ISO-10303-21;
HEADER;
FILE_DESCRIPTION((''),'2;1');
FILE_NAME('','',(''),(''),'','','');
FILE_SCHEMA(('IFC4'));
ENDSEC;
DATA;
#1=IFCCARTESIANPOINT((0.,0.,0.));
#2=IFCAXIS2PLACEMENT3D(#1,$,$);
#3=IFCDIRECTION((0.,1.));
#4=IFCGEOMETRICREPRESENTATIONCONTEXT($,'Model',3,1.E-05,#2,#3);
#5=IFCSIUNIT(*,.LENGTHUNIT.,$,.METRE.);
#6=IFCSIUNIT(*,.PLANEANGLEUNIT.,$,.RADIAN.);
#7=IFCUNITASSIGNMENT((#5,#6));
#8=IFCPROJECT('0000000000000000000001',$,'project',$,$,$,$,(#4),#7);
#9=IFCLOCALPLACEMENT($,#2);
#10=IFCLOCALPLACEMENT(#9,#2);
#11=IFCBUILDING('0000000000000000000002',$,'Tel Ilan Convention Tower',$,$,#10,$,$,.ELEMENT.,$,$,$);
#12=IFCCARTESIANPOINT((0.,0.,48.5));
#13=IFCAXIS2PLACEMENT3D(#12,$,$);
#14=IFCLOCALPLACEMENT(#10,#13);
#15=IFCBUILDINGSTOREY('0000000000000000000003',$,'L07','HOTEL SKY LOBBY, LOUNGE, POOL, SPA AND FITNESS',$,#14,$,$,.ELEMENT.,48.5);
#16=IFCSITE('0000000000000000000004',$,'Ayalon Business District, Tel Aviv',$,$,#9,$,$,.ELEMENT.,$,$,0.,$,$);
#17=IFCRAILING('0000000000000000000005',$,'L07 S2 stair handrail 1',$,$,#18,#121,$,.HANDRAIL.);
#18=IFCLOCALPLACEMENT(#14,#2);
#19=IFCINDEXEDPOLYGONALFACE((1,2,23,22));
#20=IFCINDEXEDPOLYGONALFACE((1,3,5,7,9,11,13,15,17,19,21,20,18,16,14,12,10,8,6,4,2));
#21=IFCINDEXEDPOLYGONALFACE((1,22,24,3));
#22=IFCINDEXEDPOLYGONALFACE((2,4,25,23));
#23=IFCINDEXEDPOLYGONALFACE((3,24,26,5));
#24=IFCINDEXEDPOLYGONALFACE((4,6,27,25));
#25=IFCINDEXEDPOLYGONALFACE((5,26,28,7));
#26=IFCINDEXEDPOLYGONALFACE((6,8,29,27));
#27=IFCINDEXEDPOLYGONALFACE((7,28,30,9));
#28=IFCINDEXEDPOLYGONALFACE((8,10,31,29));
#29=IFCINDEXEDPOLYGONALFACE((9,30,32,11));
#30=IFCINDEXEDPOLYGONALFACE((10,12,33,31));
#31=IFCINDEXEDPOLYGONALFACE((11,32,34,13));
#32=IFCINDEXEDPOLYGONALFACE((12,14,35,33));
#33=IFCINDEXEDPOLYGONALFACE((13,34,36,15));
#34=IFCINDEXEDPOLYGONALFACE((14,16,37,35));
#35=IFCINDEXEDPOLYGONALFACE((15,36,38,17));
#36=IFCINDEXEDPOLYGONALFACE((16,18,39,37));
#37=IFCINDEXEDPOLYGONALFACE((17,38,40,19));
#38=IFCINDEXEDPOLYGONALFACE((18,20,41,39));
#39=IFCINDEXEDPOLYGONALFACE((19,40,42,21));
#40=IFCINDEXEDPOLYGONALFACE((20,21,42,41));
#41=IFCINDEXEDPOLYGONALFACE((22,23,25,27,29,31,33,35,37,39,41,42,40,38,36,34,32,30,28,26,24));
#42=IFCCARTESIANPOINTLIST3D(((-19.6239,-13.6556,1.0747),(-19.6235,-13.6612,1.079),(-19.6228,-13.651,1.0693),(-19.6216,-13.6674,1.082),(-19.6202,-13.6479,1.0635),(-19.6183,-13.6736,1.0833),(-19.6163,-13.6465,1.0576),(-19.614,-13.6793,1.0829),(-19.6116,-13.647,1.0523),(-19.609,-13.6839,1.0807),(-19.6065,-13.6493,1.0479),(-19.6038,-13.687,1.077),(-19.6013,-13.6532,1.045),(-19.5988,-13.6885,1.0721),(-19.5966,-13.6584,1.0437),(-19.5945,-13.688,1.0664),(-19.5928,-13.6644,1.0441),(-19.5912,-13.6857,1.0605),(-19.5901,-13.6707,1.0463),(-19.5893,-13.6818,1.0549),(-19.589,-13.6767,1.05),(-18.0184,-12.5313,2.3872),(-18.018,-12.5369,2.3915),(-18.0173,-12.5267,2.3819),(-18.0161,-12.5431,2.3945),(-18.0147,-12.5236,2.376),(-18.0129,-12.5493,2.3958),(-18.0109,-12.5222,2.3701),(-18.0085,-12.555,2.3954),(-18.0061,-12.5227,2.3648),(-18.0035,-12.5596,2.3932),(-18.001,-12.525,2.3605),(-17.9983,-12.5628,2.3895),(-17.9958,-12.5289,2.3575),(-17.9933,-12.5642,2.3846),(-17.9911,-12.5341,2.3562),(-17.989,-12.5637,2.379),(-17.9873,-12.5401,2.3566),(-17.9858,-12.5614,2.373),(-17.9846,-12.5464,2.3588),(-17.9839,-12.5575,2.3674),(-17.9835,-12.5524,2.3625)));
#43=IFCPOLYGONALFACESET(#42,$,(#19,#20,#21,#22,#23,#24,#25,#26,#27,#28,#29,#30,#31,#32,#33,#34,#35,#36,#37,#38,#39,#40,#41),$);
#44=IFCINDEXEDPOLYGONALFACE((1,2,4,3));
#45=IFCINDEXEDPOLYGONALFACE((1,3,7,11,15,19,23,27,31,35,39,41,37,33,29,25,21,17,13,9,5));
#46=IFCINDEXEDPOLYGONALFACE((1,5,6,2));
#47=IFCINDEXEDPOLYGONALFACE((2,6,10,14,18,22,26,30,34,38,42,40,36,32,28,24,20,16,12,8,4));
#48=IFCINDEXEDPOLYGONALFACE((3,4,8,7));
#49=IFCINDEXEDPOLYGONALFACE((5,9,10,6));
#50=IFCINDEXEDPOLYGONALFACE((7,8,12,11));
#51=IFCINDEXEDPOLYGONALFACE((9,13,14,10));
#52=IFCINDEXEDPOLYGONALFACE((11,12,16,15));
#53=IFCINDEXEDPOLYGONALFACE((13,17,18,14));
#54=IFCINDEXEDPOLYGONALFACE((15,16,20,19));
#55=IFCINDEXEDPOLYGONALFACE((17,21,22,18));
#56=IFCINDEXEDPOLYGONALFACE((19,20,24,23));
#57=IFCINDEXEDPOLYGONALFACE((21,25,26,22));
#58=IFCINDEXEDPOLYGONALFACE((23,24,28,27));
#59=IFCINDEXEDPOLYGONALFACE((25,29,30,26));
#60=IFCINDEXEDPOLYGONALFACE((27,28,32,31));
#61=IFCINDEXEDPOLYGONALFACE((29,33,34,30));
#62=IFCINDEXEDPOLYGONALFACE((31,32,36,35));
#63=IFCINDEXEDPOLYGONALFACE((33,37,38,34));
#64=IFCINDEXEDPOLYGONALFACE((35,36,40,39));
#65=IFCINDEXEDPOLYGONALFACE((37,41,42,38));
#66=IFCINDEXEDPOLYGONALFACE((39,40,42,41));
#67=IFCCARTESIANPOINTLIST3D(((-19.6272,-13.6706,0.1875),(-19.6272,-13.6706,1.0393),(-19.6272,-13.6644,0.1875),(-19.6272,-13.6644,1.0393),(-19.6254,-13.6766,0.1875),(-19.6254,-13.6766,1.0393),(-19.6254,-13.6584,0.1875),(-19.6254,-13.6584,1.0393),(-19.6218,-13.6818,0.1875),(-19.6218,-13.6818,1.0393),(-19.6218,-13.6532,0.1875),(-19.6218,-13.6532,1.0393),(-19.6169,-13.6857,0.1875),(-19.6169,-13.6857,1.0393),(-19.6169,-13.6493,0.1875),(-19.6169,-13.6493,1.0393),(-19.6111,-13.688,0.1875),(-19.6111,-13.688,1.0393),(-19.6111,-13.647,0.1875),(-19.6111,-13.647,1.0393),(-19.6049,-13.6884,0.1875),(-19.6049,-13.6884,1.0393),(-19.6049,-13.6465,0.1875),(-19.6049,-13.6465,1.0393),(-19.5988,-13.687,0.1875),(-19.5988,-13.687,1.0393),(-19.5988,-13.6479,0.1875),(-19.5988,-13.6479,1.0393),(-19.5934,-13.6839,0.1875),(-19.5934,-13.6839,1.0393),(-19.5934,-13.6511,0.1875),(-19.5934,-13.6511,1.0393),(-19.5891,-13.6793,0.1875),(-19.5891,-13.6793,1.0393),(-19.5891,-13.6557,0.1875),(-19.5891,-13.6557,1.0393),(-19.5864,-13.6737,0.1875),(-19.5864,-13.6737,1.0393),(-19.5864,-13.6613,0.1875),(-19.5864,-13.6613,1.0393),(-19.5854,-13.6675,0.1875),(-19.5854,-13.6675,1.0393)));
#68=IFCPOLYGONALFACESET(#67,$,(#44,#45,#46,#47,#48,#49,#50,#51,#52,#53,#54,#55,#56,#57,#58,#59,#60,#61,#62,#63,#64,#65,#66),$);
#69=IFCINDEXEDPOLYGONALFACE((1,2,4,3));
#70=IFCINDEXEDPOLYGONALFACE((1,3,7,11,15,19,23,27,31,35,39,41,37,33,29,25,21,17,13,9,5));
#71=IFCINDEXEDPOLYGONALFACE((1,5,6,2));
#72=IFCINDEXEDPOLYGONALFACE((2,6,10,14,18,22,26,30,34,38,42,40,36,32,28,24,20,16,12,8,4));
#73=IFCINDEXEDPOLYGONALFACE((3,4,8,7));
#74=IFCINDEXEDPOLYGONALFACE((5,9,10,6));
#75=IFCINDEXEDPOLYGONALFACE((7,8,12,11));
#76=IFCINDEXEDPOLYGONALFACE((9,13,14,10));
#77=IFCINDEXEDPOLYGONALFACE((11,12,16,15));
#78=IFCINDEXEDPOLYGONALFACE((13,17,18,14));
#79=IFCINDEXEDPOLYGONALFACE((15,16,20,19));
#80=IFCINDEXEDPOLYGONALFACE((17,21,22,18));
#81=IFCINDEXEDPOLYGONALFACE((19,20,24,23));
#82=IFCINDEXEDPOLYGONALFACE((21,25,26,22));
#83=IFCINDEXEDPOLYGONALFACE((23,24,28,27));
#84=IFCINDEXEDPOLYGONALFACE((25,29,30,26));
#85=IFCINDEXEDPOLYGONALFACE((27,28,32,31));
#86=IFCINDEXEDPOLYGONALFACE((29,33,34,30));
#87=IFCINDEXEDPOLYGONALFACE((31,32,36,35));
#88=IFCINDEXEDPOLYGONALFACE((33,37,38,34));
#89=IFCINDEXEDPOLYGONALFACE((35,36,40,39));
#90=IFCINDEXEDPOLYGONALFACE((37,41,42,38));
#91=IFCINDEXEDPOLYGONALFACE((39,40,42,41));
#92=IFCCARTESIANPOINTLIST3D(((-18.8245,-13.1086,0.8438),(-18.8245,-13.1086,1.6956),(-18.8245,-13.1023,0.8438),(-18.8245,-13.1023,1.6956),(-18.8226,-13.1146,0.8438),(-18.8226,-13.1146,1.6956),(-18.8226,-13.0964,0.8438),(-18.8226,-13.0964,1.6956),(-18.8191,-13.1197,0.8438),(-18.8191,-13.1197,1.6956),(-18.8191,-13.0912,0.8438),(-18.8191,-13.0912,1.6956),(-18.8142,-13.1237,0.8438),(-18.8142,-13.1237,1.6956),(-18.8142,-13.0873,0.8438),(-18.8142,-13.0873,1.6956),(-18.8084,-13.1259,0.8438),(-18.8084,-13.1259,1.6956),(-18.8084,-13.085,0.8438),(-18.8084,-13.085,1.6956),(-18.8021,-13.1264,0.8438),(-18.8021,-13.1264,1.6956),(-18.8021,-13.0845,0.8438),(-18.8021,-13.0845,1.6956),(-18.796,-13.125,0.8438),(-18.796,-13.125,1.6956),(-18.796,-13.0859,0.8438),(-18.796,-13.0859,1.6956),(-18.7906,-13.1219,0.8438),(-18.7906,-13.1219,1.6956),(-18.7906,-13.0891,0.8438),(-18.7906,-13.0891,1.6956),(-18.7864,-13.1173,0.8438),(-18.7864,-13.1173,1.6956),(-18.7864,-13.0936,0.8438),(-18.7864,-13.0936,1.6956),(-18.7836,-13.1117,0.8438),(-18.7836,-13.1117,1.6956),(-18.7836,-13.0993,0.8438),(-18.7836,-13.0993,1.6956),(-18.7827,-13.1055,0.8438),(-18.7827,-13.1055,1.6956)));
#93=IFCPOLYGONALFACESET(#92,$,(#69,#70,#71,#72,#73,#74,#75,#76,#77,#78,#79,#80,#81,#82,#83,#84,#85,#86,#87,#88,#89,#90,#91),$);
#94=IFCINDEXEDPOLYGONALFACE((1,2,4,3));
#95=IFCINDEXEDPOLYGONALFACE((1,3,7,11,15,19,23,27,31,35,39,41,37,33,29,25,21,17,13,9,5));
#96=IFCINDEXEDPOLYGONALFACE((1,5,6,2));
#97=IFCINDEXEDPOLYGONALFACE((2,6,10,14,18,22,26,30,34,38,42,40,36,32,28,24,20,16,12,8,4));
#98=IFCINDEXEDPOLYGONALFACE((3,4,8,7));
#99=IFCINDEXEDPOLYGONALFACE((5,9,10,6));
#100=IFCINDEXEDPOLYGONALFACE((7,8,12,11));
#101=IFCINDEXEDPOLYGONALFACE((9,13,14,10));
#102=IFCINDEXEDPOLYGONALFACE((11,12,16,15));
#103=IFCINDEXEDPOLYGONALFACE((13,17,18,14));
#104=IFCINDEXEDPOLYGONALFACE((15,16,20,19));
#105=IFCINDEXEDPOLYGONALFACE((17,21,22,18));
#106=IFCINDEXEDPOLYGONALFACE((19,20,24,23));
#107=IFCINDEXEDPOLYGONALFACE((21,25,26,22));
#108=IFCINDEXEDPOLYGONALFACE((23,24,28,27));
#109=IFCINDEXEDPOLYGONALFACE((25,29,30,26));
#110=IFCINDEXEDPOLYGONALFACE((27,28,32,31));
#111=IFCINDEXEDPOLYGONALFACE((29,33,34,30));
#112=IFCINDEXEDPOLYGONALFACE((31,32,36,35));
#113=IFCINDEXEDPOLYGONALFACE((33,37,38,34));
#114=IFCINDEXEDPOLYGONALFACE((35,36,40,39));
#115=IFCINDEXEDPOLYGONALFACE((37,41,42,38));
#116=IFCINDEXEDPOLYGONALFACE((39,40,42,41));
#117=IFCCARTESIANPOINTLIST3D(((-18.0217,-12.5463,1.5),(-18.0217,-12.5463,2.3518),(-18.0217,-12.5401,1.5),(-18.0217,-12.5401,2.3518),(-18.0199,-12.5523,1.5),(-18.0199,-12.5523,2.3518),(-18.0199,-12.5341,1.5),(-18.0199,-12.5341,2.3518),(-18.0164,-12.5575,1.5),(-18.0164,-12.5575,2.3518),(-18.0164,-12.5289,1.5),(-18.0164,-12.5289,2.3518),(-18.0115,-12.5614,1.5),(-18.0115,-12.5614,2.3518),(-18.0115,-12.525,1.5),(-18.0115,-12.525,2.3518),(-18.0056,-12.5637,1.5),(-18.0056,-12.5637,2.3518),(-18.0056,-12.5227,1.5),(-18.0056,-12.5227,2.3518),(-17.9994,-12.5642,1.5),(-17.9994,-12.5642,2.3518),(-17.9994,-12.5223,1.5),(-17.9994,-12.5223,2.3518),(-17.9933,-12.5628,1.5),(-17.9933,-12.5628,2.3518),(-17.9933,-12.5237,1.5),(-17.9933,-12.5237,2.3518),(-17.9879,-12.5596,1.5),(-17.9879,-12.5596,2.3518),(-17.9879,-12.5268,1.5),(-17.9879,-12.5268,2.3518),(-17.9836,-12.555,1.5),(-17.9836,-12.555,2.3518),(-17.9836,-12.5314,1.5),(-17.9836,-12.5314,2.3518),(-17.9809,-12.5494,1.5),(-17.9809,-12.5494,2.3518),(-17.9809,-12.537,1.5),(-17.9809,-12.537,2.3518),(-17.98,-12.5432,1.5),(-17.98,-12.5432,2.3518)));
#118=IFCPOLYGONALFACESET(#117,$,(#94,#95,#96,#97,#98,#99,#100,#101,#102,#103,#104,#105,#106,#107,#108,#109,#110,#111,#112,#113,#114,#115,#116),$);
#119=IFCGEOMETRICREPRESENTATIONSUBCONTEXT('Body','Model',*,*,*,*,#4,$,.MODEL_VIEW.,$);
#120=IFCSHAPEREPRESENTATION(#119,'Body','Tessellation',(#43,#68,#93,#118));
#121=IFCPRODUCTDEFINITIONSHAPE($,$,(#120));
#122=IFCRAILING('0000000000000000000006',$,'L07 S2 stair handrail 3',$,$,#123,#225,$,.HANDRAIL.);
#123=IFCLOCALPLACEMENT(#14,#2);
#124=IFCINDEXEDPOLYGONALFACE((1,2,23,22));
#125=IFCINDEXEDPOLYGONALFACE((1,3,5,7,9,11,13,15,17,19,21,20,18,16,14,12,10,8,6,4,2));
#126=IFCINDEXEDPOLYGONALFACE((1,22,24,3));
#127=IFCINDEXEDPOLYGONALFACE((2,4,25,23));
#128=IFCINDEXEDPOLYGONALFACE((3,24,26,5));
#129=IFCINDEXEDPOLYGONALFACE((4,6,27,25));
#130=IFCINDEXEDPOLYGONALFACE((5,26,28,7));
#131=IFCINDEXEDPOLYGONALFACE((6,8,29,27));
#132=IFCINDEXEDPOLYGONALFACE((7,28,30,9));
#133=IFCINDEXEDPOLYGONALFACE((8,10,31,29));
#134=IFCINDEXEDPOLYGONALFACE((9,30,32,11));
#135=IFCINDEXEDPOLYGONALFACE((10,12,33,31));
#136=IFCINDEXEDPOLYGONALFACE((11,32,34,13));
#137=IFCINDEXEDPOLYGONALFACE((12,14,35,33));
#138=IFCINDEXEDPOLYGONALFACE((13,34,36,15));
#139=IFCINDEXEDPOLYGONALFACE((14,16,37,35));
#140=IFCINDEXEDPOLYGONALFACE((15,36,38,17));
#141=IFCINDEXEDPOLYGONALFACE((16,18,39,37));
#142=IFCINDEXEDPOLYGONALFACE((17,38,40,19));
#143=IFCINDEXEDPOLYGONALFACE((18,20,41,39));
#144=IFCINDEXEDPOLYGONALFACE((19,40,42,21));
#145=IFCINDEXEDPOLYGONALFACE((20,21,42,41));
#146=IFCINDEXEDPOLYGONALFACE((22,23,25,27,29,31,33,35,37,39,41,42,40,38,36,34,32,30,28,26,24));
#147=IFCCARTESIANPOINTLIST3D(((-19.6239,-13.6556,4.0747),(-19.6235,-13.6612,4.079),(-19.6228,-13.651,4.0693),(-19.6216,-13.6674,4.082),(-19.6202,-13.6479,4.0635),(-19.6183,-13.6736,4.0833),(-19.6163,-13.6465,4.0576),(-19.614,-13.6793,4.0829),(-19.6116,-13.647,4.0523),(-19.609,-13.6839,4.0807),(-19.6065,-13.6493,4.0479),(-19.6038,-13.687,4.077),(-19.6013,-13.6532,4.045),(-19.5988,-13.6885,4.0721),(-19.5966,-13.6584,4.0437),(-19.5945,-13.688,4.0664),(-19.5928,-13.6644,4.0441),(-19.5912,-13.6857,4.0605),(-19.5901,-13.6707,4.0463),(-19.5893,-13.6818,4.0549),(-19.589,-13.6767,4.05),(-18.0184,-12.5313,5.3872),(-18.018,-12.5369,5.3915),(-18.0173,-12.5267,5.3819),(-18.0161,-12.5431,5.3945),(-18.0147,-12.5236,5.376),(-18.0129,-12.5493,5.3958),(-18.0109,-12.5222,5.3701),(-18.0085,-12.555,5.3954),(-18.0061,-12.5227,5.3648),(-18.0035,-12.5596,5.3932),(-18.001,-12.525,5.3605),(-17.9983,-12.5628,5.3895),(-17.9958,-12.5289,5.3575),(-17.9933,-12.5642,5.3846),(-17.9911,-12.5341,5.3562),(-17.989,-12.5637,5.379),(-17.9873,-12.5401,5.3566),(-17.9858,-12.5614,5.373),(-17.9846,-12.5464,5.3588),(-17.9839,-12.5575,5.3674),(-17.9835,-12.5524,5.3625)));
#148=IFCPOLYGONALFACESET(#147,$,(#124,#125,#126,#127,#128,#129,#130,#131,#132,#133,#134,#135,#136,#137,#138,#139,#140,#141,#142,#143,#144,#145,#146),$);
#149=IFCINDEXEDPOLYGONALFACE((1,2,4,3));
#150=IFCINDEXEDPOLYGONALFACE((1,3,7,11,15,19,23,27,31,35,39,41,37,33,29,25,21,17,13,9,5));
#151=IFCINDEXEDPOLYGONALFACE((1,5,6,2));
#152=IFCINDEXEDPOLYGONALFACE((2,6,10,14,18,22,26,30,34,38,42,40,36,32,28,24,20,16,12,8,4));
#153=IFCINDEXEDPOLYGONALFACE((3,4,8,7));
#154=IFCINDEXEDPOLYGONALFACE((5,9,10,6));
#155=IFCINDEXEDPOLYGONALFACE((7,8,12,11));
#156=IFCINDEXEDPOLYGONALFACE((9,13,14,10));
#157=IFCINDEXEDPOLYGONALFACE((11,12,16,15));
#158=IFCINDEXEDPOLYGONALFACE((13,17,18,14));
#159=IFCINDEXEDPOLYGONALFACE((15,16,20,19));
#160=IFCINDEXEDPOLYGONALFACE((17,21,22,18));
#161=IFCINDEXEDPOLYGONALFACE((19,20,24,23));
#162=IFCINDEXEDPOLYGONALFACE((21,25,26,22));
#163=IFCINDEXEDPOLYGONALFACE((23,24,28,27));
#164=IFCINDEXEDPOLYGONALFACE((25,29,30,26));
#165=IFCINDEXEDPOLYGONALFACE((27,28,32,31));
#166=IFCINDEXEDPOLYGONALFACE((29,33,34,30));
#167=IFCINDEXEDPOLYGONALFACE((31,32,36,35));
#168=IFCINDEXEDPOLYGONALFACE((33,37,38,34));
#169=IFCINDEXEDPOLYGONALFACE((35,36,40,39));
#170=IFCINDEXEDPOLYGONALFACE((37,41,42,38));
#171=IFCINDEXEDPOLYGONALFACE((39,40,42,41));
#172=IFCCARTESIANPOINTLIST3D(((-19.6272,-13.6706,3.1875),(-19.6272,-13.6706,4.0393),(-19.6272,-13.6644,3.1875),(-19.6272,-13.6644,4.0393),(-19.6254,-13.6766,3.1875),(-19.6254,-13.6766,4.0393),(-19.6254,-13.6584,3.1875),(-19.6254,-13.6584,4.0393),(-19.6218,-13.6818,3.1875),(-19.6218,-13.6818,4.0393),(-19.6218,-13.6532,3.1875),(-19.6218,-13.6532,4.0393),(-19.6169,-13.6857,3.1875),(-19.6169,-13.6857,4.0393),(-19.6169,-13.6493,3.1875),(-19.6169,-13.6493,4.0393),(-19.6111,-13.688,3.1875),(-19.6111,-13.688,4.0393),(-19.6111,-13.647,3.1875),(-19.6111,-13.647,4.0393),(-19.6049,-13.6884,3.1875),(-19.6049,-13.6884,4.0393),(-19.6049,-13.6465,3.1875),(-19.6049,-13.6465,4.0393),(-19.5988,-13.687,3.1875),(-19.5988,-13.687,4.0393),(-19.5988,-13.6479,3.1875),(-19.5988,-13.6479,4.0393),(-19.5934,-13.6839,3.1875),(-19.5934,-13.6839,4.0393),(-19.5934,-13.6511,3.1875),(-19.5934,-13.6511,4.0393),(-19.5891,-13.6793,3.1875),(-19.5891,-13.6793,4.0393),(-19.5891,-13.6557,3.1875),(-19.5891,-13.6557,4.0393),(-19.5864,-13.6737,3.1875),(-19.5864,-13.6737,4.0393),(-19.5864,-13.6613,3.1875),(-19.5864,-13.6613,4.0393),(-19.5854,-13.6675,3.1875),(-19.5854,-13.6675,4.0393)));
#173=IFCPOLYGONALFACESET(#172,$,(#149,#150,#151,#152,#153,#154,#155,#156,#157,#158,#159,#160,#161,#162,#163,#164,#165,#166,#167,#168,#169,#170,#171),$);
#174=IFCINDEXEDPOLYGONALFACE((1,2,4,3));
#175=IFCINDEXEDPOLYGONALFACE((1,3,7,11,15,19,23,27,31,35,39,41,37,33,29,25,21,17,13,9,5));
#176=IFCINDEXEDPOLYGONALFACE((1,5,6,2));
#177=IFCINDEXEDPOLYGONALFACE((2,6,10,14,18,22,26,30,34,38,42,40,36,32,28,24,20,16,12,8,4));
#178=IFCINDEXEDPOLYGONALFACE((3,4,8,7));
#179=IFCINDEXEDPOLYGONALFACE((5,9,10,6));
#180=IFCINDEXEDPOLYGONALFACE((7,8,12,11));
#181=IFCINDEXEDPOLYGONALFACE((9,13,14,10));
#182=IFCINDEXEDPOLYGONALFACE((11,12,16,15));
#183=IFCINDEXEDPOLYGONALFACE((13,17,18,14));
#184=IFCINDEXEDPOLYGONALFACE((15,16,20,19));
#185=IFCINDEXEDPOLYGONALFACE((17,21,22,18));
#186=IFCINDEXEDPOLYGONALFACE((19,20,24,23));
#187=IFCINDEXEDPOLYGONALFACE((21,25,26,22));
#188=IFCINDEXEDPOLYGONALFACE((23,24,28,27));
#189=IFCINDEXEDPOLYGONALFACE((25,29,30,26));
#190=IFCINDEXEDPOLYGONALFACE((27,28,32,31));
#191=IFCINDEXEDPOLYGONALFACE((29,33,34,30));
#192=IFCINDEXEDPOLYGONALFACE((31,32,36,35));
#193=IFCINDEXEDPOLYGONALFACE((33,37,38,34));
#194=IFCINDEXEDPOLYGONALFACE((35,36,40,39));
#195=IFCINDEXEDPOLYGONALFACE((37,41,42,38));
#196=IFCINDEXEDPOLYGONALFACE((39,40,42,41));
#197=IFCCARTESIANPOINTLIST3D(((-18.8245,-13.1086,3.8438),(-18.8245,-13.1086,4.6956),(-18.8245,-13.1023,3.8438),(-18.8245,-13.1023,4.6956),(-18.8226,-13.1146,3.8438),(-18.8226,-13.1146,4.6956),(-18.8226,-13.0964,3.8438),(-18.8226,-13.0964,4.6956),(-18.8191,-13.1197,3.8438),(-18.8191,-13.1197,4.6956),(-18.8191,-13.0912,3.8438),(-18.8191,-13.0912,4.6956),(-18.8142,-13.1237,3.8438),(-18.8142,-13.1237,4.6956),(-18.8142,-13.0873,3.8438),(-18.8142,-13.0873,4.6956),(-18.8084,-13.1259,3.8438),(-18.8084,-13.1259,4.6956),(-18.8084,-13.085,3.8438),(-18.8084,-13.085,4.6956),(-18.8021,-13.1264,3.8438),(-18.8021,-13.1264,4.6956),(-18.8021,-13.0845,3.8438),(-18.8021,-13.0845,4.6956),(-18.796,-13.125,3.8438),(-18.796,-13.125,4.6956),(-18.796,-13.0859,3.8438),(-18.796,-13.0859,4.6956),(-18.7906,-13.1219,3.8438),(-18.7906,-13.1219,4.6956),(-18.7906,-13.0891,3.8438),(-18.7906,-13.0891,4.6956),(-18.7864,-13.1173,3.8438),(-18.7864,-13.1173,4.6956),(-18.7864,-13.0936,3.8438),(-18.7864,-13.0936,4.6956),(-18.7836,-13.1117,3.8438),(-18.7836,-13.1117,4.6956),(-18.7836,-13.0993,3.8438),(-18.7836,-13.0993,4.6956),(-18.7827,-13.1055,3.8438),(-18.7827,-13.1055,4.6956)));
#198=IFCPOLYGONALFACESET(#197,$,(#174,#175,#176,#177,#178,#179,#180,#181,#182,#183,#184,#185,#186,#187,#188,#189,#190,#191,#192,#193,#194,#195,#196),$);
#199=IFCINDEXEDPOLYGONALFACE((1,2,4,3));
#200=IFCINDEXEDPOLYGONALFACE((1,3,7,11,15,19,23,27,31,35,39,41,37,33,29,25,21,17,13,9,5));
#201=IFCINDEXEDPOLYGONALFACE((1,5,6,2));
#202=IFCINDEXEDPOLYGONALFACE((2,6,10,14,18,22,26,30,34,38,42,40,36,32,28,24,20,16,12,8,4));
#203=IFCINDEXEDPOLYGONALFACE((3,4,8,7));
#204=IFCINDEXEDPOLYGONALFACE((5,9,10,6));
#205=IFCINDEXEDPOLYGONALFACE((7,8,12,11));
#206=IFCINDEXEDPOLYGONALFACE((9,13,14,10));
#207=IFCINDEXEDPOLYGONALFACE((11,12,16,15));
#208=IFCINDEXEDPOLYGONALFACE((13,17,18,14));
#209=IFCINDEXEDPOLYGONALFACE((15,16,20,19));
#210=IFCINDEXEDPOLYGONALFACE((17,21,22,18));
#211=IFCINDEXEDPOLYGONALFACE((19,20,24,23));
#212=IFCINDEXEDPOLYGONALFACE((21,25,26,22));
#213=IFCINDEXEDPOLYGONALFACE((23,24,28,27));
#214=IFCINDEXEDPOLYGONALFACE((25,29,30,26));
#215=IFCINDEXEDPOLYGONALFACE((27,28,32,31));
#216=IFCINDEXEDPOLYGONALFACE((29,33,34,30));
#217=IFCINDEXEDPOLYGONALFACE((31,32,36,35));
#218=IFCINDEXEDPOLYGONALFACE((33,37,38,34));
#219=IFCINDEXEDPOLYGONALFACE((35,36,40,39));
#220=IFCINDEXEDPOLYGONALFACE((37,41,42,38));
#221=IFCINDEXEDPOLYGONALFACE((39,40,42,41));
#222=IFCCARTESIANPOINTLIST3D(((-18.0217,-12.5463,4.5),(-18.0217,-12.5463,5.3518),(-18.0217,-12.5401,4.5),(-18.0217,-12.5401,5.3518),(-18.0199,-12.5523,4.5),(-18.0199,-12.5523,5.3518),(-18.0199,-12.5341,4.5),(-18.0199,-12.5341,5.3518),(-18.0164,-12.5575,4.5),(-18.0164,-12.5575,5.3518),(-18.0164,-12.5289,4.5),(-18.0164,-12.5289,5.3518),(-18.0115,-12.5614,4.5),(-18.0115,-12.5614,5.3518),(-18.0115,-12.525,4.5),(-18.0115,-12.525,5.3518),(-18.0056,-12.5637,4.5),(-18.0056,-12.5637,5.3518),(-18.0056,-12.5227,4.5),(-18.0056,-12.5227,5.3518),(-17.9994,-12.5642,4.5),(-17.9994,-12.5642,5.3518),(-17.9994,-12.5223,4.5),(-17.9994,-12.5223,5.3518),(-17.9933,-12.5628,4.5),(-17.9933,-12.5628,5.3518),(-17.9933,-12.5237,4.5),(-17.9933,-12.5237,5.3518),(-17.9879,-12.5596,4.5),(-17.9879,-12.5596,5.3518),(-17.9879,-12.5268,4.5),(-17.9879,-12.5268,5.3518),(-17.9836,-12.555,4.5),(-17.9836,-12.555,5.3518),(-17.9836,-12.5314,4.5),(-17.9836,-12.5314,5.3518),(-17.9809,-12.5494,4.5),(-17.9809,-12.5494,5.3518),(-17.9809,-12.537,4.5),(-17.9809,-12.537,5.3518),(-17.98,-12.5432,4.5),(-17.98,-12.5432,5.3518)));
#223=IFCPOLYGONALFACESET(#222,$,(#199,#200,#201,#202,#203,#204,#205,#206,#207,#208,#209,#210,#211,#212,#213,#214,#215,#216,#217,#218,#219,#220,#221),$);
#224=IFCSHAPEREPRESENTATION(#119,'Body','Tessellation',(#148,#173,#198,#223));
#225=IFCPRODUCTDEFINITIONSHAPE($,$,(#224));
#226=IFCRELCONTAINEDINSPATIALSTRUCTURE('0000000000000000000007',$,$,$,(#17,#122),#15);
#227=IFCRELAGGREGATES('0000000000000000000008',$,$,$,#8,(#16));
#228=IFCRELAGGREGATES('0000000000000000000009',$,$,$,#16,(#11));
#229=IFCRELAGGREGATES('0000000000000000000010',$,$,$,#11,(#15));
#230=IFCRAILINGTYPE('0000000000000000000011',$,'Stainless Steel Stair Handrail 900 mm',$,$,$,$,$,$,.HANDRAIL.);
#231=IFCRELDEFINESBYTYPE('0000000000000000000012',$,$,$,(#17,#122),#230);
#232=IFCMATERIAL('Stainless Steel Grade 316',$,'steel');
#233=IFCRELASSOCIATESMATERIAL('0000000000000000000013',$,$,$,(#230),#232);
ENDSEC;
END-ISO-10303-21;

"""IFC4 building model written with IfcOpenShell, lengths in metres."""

from ifc_helpers import new_model, si_unit, direction, frame, origin, origin_2d, place, context, subcontext, project, spatial, circle, extrude, material, type_object, element, save


model = new_model("IFC4")

# Units and contexts
model_context = context("Model", 3, precision=1e-05, world=origin(), true_north=direction((0.0, 1.0)))
body_context = subcontext(model_context, "Body", "Model", "MODEL_VIEW")
ifc_project = project(units=[si_unit("LENGTHUNIT", "METRE"), si_unit("PLANEANGLEUNIT", "RADIAN")], contexts=[model_context])

# Site, building, storey
site_placement = place(None, origin())
site = spatial("IfcSite", under=ifc_project, at=site_placement, Name="Ayalon Business District, Tel Aviv", CompositionType="ELEMENT", RefElevation=0.0)
building_placement = place(site_placement, origin())
building = spatial("IfcBuilding", under=site, at=building_placement, Name="Tel Ilan Convention Tower", CompositionType="ELEMENT")
storey_placement = place(building_placement, frame((0.0, 0.0, 48.5)))
storey = spatial("IfcBuildingStorey", under=building, at=storey_placement, Name="L07", Description="HOTEL SKY LOBBY, LOUNGE, POOL, SPA AND FITNESS", CompositionType="ELEMENT", Elevation=48.5)

# Railings
ifc_material_1 = material(Name="Stainless Steel Grade 316", Category="steel")
railing_type_1 = type_object("IfcRailingType", Name="Stainless Steel Stair Handrail 900 mm", PredefinedType="HANDRAIL", material=ifc_material_1)
for number, where, name in (
    (1, (-19.6064, -13.6675, 0.1875), "L07 S2 stair handrail 1"),
    (2, (-19.6064, -13.6675, 3.1875), "L07 S2 stair handrail 3"),
):
    element("IfcRailing", number, at=place(storey_placement, frame(where)), inside=storey, type_object=railing_type_1, Name=name, PredefinedType="HANDRAIL", context=body_context, shape_type="SweptSolid", body=[
        extrude(circle(Radius=0.0239, at=origin_2d()), frame((0.0, 0.0, 0.876), z_axis=(0.680616, 0.476617, 0.556416), x_axis=(-0.573613, 0.819127, 0.0)), (0.0, 0.0, 1.0), 2.3589),
        extrude(circle(Radius=0.021, at=origin_2d()), origin(), (0.0, 0.0, 1.0), 0.8518),
        extrude(circle(Radius=0.021, at=origin_2d()), frame((0.8027, 0.562, 0.6562)), (0.0, 0.0, 1.0), 0.8518),
        extrude(circle(Radius=0.021, at=origin_2d()), frame((1.6055, 1.1243, 1.3125)), (0.0, 0.0, 1.0), 0.8518),
    ])

save(model, "model.ifc")
